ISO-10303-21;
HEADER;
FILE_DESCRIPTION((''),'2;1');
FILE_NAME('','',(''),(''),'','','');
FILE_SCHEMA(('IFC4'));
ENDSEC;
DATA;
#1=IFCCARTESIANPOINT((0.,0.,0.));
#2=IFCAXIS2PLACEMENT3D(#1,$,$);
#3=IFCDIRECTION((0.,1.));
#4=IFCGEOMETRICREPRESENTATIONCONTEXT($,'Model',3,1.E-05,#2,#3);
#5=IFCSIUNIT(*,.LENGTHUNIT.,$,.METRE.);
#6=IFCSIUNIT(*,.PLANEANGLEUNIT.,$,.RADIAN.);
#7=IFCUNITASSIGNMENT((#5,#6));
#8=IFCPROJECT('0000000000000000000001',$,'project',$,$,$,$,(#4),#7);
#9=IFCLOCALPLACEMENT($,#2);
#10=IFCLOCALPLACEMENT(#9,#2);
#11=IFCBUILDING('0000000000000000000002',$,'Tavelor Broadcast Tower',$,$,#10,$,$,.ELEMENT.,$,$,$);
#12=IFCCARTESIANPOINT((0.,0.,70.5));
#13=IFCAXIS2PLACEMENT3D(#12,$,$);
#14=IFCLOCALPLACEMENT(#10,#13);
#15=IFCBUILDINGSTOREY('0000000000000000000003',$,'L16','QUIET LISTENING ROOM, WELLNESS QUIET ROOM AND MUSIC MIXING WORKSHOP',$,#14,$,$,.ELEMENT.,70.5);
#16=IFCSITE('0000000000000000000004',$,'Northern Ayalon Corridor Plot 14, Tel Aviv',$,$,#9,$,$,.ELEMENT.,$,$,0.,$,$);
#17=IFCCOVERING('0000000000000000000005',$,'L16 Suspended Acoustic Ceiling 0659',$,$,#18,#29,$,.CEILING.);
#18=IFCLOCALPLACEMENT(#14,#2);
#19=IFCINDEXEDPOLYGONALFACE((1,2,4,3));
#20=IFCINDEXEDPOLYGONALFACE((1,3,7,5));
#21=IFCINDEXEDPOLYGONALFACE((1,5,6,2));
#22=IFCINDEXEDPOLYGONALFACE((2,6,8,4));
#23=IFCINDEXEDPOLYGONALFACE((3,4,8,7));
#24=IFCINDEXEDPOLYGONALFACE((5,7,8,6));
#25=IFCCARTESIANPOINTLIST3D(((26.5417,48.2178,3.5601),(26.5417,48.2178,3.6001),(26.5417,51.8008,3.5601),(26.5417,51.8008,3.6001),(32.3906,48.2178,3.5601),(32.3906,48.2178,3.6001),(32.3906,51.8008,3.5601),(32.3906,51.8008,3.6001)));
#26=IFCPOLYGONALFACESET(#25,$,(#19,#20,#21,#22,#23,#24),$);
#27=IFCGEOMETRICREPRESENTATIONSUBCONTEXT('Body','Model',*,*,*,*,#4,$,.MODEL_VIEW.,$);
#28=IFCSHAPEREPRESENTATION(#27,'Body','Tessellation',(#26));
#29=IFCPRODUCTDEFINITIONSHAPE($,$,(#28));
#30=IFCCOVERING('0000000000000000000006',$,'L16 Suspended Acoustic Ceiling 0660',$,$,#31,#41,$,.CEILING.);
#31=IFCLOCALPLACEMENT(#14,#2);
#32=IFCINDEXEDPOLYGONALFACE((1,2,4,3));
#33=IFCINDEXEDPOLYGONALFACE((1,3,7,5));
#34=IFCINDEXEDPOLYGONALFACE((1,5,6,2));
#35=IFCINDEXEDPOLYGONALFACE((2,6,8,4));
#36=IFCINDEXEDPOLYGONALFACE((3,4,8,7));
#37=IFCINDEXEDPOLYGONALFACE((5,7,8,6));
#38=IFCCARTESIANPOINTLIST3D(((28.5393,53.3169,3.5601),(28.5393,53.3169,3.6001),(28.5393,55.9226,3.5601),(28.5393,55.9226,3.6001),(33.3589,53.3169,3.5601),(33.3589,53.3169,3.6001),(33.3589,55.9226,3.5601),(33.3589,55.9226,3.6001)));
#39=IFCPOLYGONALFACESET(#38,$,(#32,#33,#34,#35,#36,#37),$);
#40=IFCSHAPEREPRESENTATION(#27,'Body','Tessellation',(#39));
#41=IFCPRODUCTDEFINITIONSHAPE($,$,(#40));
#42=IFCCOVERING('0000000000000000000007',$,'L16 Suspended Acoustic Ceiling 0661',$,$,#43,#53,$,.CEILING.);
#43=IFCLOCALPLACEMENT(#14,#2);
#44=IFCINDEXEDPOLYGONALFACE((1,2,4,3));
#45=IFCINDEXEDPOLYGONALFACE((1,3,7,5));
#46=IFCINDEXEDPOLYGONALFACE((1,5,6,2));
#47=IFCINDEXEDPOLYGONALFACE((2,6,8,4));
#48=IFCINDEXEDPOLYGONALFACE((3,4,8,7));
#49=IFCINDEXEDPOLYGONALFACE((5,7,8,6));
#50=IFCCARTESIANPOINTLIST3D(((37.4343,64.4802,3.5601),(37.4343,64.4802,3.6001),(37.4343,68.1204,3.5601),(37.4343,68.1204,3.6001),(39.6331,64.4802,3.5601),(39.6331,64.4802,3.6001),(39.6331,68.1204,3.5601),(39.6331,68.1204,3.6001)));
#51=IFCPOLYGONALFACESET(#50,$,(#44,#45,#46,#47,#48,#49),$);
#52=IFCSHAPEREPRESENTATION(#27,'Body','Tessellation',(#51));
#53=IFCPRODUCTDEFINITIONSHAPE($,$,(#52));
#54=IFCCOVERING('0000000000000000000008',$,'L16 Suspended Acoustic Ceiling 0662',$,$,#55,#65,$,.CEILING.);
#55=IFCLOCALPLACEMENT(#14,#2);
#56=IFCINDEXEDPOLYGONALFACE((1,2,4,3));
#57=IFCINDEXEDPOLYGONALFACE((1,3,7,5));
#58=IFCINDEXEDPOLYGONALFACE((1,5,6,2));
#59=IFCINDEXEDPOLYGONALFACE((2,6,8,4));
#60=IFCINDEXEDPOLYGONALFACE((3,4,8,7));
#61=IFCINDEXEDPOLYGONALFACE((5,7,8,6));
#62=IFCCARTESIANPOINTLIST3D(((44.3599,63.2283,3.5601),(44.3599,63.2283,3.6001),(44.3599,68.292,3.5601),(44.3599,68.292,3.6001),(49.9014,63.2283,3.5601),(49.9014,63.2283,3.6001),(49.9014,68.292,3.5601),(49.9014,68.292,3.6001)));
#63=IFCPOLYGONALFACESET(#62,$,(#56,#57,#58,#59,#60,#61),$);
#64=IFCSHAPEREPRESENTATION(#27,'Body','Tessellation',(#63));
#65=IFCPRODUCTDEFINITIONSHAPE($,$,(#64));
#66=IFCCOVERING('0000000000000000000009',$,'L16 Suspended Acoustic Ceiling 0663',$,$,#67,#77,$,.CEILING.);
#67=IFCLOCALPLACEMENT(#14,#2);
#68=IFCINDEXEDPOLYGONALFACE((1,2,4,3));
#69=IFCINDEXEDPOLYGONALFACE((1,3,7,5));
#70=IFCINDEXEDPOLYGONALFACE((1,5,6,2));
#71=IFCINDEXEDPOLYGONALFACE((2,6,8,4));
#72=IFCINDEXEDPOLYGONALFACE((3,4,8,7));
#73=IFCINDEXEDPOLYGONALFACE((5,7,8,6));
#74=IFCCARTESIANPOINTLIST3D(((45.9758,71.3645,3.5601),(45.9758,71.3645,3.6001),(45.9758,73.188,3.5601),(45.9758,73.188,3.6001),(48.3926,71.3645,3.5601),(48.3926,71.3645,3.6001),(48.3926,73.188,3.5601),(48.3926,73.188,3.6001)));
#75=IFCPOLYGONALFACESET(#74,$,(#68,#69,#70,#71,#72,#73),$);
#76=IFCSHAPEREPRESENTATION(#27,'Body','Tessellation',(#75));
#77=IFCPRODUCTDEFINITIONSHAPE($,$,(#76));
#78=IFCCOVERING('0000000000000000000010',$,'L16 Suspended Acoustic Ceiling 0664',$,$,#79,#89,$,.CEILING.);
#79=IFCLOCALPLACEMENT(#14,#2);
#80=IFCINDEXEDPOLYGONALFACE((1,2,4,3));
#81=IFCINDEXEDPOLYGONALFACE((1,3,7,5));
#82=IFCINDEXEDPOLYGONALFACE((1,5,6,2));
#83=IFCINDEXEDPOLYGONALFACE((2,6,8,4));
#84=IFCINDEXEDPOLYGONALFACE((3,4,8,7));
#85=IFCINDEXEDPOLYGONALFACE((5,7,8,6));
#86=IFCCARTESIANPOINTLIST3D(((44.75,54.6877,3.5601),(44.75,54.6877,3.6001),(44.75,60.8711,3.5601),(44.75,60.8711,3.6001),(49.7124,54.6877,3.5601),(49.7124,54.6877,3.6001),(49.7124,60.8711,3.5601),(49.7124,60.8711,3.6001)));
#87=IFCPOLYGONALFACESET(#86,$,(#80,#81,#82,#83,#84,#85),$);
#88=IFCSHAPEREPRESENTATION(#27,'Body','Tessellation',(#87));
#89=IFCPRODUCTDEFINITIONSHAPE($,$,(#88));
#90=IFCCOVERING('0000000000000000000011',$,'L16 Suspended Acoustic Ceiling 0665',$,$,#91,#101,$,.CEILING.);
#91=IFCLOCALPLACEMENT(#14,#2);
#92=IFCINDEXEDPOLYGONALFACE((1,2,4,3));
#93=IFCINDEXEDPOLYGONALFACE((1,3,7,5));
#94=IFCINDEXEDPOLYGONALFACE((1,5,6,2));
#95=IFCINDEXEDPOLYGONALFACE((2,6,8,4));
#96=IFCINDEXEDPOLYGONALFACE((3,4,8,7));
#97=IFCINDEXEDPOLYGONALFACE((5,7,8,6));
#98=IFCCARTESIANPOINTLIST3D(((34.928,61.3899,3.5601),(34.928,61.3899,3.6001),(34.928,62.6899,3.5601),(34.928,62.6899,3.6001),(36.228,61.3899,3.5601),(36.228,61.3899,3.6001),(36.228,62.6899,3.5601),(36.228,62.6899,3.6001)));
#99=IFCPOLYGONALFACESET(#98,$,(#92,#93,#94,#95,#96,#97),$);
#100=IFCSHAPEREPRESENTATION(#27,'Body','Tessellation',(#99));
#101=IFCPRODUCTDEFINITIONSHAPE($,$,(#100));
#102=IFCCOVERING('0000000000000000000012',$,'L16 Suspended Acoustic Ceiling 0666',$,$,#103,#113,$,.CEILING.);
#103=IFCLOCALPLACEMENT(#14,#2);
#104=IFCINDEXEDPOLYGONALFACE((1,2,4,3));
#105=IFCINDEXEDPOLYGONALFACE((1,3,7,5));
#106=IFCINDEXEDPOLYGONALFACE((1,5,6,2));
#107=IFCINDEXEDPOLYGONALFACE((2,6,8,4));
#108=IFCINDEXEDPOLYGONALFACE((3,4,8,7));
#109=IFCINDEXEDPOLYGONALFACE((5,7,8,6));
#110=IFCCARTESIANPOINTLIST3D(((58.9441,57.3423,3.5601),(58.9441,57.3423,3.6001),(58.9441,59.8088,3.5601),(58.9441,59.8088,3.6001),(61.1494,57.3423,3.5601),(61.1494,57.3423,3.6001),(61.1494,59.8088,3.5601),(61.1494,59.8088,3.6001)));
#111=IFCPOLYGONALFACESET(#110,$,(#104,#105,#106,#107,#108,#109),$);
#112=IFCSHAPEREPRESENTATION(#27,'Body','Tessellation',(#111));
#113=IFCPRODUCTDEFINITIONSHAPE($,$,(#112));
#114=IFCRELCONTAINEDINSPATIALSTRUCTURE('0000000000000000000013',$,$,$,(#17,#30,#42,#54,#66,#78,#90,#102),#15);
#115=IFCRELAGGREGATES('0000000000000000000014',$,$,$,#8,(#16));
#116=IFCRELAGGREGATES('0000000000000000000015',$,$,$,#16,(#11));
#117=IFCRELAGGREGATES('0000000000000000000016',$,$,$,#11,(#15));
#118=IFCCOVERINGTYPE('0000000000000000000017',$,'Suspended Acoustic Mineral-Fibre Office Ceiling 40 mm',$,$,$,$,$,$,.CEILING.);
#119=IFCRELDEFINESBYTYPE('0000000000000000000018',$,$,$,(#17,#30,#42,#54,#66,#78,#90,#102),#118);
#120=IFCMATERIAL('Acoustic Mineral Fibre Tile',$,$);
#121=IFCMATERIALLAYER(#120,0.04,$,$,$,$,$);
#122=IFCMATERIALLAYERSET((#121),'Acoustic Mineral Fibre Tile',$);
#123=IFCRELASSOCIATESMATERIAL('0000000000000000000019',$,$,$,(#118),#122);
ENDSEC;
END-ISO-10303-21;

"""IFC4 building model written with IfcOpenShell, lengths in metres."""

from ifc_helpers import new_model, si_unit, direction, frame, origin, place, context, subcontext, project, spatial, polyline, outline, extrude, material, layer, layer_set, type_object, element, save


model = new_model("IFC4")

# Units and contexts
model_context = context("Model", 3, precision=1e-05, world=origin(), true_north=direction((0.0, 1.0)))
body_context = subcontext(model_context, "Body", "Model", "MODEL_VIEW")
ifc_project = project(units=[si_unit("LENGTHUNIT", "METRE"), si_unit("PLANEANGLEUNIT", "RADIAN")], contexts=[model_context])

# Site, building, storey
site_placement = place(None, origin())
site = spatial("IfcSite", under=ifc_project, at=site_placement, Name="Northern Ayalon Corridor Plot 14, Tel Aviv", CompositionType="ELEMENT", RefElevation=0.0)
building_placement = place(site_placement, origin())
building = spatial("IfcBuilding", under=site, at=building_placement, Name="Tavelor Broadcast Tower", CompositionType="ELEMENT")
storey_placement = place(building_placement, frame((0.0, 0.0, 70.5)))
storey = spatial("IfcBuildingStorey", under=building, at=storey_placement, Name="L16", Description="QUIET LISTENING ROOM, WELLNESS QUIET ROOM AND MUSIC MIXING WORKSHOP", CompositionType="ELEMENT", Elevation=70.5)

# Coverings
ifc_material_1 = material(Name="Acoustic Mineral Fibre Tile")
ifc_layer_1 = layer(ifc_material_1, 0.04)
ifc_layer_set_1 = layer_set([ifc_layer_1], Name="Acoustic Mineral Fibre Tile")
covering_type_1 = type_object("IfcCoveringType", Name="Suspended Acoustic Mineral-Fibre Office Ceiling 40 mm", PredefinedType="CEILING", material=ifc_layer_set_1)
covering_1_placement = place(storey_placement, frame((0.0, 0.0, 3.5601)))
element("IfcCovering", 1, at=covering_1_placement, inside=storey, type_object=covering_type_1, Name="L16 Suspended Acoustic Ceiling 0659", PredefinedType="CEILING", context=body_context, shape_type="SweptSolid", body=[
    extrude(outline(polyline([(26.5417, 48.2178), (32.3906, 48.2178), (32.3906, 51.8008), (26.5417, 51.8008), (26.5417, 48.2178)])), origin(), (0.0, 0.0, 1.0), 0.04),
])
covering_2_placement = place(storey_placement, frame((0.0, 0.0, 3.5601)))
element("IfcCovering", 2, at=covering_2_placement, inside=storey, type_object=covering_type_1, Name="L16 Suspended Acoustic Ceiling 0660", PredefinedType="CEILING", context=body_context, shape_type="SweptSolid", body=[
    extrude(outline(polyline([(28.5393, 53.3169), (33.3589, 53.3169), (33.3589, 55.9226), (28.5393, 55.9226), (28.5393, 53.3169)])), origin(), (0.0, 0.0, 1.0), 0.04),
])
covering_3_placement = place(storey_placement, frame((0.0, 0.0, 3.5601)))
element("IfcCovering", 3, at=covering_3_placement, inside=storey, type_object=covering_type_1, Name="L16 Suspended Acoustic Ceiling 0661", PredefinedType="CEILING", context=body_context, shape_type="SweptSolid", body=[
    extrude(outline(polyline([(37.4343, 64.4802), (39.6331, 64.4802), (39.6331, 68.1204), (37.4343, 68.1204), (37.4343, 64.4802)])), origin(), (0.0, 0.0, 1.0), 0.04),
])
covering_4_placement = place(storey_placement, frame((0.0, 0.0, 3.5601)))
element("IfcCovering", 4, at=covering_4_placement, inside=storey, type_object=covering_type_1, Name="L16 Suspended Acoustic Ceiling 0662", PredefinedType="CEILING", context=body_context, shape_type="SweptSolid", body=[
    extrude(outline(polyline([(44.3599, 63.2283), (49.9014, 63.2283), (49.9014, 68.292), (44.3599, 68.292), (44.3599, 63.2283)])), origin(), (0.0, 0.0, 1.0), 0.04),
])
covering_5_placement = place(storey_placement, frame((0.0, 0.0, 3.5601)))
element("IfcCovering", 5, at=covering_5_placement, inside=storey, type_object=covering_type_1, Name="L16 Suspended Acoustic Ceiling 0663", PredefinedType="CEILING", context=body_context, shape_type="SweptSolid", body=[
    extrude(outline(polyline([(45.9758, 71.3645), (48.3926, 71.3645), (48.3926, 73.188), (45.9758, 73.188), (45.9758, 71.3645)])), origin(), (0.0, 0.0, 1.0), 0.04),
])
covering_6_placement = place(storey_placement, frame((0.0, 0.0, 3.5601)))
element("IfcCovering", 6, at=covering_6_placement, inside=storey, type_object=covering_type_1, Name="L16 Suspended Acoustic Ceiling 0664", PredefinedType="CEILING", context=body_context, shape_type="SweptSolid", body=[
    extrude(outline(polyline([(44.75, 54.6877), (49.7124, 54.6877), (49.7124, 60.8711), (44.75, 60.8711), (44.75, 54.6877)])), origin(), (0.0, 0.0, 1.0), 0.04),
])
covering_7_placement = place(storey_placement, frame((0.0, 0.0, 3.5601)))
element("IfcCovering", 7, at=covering_7_placement, inside=storey, type_object=covering_type_1, Name="L16 Suspended Acoustic Ceiling 0665", PredefinedType="CEILING", context=body_context, shape_type="SweptSolid", body=[
    extrude(outline(polyline([(34.928, 61.3899), (36.228, 61.3899), (36.228, 62.6899), (34.928, 62.6899), (34.928, 61.3899)])), origin(), (0.0, 0.0, 1.0), 0.04),
])
covering_8_placement = place(storey_placement, frame((0.0, 0.0, 3.5601)))
element("IfcCovering", 8, at=covering_8_placement, inside=storey, type_object=covering_type_1, Name="L16 Suspended Acoustic Ceiling 0666", PredefinedType="CEILING", context=body_context, shape_type="SweptSolid", body=[
    extrude(outline(polyline([(58.9441, 57.3423), (61.1494, 57.3423), (61.1494, 59.8088), (58.9441, 59.8088), (58.9441, 57.3423)])), origin(), (0.0, 0.0, 1.0), 0.04),
])

save(model, "model.ifc")
